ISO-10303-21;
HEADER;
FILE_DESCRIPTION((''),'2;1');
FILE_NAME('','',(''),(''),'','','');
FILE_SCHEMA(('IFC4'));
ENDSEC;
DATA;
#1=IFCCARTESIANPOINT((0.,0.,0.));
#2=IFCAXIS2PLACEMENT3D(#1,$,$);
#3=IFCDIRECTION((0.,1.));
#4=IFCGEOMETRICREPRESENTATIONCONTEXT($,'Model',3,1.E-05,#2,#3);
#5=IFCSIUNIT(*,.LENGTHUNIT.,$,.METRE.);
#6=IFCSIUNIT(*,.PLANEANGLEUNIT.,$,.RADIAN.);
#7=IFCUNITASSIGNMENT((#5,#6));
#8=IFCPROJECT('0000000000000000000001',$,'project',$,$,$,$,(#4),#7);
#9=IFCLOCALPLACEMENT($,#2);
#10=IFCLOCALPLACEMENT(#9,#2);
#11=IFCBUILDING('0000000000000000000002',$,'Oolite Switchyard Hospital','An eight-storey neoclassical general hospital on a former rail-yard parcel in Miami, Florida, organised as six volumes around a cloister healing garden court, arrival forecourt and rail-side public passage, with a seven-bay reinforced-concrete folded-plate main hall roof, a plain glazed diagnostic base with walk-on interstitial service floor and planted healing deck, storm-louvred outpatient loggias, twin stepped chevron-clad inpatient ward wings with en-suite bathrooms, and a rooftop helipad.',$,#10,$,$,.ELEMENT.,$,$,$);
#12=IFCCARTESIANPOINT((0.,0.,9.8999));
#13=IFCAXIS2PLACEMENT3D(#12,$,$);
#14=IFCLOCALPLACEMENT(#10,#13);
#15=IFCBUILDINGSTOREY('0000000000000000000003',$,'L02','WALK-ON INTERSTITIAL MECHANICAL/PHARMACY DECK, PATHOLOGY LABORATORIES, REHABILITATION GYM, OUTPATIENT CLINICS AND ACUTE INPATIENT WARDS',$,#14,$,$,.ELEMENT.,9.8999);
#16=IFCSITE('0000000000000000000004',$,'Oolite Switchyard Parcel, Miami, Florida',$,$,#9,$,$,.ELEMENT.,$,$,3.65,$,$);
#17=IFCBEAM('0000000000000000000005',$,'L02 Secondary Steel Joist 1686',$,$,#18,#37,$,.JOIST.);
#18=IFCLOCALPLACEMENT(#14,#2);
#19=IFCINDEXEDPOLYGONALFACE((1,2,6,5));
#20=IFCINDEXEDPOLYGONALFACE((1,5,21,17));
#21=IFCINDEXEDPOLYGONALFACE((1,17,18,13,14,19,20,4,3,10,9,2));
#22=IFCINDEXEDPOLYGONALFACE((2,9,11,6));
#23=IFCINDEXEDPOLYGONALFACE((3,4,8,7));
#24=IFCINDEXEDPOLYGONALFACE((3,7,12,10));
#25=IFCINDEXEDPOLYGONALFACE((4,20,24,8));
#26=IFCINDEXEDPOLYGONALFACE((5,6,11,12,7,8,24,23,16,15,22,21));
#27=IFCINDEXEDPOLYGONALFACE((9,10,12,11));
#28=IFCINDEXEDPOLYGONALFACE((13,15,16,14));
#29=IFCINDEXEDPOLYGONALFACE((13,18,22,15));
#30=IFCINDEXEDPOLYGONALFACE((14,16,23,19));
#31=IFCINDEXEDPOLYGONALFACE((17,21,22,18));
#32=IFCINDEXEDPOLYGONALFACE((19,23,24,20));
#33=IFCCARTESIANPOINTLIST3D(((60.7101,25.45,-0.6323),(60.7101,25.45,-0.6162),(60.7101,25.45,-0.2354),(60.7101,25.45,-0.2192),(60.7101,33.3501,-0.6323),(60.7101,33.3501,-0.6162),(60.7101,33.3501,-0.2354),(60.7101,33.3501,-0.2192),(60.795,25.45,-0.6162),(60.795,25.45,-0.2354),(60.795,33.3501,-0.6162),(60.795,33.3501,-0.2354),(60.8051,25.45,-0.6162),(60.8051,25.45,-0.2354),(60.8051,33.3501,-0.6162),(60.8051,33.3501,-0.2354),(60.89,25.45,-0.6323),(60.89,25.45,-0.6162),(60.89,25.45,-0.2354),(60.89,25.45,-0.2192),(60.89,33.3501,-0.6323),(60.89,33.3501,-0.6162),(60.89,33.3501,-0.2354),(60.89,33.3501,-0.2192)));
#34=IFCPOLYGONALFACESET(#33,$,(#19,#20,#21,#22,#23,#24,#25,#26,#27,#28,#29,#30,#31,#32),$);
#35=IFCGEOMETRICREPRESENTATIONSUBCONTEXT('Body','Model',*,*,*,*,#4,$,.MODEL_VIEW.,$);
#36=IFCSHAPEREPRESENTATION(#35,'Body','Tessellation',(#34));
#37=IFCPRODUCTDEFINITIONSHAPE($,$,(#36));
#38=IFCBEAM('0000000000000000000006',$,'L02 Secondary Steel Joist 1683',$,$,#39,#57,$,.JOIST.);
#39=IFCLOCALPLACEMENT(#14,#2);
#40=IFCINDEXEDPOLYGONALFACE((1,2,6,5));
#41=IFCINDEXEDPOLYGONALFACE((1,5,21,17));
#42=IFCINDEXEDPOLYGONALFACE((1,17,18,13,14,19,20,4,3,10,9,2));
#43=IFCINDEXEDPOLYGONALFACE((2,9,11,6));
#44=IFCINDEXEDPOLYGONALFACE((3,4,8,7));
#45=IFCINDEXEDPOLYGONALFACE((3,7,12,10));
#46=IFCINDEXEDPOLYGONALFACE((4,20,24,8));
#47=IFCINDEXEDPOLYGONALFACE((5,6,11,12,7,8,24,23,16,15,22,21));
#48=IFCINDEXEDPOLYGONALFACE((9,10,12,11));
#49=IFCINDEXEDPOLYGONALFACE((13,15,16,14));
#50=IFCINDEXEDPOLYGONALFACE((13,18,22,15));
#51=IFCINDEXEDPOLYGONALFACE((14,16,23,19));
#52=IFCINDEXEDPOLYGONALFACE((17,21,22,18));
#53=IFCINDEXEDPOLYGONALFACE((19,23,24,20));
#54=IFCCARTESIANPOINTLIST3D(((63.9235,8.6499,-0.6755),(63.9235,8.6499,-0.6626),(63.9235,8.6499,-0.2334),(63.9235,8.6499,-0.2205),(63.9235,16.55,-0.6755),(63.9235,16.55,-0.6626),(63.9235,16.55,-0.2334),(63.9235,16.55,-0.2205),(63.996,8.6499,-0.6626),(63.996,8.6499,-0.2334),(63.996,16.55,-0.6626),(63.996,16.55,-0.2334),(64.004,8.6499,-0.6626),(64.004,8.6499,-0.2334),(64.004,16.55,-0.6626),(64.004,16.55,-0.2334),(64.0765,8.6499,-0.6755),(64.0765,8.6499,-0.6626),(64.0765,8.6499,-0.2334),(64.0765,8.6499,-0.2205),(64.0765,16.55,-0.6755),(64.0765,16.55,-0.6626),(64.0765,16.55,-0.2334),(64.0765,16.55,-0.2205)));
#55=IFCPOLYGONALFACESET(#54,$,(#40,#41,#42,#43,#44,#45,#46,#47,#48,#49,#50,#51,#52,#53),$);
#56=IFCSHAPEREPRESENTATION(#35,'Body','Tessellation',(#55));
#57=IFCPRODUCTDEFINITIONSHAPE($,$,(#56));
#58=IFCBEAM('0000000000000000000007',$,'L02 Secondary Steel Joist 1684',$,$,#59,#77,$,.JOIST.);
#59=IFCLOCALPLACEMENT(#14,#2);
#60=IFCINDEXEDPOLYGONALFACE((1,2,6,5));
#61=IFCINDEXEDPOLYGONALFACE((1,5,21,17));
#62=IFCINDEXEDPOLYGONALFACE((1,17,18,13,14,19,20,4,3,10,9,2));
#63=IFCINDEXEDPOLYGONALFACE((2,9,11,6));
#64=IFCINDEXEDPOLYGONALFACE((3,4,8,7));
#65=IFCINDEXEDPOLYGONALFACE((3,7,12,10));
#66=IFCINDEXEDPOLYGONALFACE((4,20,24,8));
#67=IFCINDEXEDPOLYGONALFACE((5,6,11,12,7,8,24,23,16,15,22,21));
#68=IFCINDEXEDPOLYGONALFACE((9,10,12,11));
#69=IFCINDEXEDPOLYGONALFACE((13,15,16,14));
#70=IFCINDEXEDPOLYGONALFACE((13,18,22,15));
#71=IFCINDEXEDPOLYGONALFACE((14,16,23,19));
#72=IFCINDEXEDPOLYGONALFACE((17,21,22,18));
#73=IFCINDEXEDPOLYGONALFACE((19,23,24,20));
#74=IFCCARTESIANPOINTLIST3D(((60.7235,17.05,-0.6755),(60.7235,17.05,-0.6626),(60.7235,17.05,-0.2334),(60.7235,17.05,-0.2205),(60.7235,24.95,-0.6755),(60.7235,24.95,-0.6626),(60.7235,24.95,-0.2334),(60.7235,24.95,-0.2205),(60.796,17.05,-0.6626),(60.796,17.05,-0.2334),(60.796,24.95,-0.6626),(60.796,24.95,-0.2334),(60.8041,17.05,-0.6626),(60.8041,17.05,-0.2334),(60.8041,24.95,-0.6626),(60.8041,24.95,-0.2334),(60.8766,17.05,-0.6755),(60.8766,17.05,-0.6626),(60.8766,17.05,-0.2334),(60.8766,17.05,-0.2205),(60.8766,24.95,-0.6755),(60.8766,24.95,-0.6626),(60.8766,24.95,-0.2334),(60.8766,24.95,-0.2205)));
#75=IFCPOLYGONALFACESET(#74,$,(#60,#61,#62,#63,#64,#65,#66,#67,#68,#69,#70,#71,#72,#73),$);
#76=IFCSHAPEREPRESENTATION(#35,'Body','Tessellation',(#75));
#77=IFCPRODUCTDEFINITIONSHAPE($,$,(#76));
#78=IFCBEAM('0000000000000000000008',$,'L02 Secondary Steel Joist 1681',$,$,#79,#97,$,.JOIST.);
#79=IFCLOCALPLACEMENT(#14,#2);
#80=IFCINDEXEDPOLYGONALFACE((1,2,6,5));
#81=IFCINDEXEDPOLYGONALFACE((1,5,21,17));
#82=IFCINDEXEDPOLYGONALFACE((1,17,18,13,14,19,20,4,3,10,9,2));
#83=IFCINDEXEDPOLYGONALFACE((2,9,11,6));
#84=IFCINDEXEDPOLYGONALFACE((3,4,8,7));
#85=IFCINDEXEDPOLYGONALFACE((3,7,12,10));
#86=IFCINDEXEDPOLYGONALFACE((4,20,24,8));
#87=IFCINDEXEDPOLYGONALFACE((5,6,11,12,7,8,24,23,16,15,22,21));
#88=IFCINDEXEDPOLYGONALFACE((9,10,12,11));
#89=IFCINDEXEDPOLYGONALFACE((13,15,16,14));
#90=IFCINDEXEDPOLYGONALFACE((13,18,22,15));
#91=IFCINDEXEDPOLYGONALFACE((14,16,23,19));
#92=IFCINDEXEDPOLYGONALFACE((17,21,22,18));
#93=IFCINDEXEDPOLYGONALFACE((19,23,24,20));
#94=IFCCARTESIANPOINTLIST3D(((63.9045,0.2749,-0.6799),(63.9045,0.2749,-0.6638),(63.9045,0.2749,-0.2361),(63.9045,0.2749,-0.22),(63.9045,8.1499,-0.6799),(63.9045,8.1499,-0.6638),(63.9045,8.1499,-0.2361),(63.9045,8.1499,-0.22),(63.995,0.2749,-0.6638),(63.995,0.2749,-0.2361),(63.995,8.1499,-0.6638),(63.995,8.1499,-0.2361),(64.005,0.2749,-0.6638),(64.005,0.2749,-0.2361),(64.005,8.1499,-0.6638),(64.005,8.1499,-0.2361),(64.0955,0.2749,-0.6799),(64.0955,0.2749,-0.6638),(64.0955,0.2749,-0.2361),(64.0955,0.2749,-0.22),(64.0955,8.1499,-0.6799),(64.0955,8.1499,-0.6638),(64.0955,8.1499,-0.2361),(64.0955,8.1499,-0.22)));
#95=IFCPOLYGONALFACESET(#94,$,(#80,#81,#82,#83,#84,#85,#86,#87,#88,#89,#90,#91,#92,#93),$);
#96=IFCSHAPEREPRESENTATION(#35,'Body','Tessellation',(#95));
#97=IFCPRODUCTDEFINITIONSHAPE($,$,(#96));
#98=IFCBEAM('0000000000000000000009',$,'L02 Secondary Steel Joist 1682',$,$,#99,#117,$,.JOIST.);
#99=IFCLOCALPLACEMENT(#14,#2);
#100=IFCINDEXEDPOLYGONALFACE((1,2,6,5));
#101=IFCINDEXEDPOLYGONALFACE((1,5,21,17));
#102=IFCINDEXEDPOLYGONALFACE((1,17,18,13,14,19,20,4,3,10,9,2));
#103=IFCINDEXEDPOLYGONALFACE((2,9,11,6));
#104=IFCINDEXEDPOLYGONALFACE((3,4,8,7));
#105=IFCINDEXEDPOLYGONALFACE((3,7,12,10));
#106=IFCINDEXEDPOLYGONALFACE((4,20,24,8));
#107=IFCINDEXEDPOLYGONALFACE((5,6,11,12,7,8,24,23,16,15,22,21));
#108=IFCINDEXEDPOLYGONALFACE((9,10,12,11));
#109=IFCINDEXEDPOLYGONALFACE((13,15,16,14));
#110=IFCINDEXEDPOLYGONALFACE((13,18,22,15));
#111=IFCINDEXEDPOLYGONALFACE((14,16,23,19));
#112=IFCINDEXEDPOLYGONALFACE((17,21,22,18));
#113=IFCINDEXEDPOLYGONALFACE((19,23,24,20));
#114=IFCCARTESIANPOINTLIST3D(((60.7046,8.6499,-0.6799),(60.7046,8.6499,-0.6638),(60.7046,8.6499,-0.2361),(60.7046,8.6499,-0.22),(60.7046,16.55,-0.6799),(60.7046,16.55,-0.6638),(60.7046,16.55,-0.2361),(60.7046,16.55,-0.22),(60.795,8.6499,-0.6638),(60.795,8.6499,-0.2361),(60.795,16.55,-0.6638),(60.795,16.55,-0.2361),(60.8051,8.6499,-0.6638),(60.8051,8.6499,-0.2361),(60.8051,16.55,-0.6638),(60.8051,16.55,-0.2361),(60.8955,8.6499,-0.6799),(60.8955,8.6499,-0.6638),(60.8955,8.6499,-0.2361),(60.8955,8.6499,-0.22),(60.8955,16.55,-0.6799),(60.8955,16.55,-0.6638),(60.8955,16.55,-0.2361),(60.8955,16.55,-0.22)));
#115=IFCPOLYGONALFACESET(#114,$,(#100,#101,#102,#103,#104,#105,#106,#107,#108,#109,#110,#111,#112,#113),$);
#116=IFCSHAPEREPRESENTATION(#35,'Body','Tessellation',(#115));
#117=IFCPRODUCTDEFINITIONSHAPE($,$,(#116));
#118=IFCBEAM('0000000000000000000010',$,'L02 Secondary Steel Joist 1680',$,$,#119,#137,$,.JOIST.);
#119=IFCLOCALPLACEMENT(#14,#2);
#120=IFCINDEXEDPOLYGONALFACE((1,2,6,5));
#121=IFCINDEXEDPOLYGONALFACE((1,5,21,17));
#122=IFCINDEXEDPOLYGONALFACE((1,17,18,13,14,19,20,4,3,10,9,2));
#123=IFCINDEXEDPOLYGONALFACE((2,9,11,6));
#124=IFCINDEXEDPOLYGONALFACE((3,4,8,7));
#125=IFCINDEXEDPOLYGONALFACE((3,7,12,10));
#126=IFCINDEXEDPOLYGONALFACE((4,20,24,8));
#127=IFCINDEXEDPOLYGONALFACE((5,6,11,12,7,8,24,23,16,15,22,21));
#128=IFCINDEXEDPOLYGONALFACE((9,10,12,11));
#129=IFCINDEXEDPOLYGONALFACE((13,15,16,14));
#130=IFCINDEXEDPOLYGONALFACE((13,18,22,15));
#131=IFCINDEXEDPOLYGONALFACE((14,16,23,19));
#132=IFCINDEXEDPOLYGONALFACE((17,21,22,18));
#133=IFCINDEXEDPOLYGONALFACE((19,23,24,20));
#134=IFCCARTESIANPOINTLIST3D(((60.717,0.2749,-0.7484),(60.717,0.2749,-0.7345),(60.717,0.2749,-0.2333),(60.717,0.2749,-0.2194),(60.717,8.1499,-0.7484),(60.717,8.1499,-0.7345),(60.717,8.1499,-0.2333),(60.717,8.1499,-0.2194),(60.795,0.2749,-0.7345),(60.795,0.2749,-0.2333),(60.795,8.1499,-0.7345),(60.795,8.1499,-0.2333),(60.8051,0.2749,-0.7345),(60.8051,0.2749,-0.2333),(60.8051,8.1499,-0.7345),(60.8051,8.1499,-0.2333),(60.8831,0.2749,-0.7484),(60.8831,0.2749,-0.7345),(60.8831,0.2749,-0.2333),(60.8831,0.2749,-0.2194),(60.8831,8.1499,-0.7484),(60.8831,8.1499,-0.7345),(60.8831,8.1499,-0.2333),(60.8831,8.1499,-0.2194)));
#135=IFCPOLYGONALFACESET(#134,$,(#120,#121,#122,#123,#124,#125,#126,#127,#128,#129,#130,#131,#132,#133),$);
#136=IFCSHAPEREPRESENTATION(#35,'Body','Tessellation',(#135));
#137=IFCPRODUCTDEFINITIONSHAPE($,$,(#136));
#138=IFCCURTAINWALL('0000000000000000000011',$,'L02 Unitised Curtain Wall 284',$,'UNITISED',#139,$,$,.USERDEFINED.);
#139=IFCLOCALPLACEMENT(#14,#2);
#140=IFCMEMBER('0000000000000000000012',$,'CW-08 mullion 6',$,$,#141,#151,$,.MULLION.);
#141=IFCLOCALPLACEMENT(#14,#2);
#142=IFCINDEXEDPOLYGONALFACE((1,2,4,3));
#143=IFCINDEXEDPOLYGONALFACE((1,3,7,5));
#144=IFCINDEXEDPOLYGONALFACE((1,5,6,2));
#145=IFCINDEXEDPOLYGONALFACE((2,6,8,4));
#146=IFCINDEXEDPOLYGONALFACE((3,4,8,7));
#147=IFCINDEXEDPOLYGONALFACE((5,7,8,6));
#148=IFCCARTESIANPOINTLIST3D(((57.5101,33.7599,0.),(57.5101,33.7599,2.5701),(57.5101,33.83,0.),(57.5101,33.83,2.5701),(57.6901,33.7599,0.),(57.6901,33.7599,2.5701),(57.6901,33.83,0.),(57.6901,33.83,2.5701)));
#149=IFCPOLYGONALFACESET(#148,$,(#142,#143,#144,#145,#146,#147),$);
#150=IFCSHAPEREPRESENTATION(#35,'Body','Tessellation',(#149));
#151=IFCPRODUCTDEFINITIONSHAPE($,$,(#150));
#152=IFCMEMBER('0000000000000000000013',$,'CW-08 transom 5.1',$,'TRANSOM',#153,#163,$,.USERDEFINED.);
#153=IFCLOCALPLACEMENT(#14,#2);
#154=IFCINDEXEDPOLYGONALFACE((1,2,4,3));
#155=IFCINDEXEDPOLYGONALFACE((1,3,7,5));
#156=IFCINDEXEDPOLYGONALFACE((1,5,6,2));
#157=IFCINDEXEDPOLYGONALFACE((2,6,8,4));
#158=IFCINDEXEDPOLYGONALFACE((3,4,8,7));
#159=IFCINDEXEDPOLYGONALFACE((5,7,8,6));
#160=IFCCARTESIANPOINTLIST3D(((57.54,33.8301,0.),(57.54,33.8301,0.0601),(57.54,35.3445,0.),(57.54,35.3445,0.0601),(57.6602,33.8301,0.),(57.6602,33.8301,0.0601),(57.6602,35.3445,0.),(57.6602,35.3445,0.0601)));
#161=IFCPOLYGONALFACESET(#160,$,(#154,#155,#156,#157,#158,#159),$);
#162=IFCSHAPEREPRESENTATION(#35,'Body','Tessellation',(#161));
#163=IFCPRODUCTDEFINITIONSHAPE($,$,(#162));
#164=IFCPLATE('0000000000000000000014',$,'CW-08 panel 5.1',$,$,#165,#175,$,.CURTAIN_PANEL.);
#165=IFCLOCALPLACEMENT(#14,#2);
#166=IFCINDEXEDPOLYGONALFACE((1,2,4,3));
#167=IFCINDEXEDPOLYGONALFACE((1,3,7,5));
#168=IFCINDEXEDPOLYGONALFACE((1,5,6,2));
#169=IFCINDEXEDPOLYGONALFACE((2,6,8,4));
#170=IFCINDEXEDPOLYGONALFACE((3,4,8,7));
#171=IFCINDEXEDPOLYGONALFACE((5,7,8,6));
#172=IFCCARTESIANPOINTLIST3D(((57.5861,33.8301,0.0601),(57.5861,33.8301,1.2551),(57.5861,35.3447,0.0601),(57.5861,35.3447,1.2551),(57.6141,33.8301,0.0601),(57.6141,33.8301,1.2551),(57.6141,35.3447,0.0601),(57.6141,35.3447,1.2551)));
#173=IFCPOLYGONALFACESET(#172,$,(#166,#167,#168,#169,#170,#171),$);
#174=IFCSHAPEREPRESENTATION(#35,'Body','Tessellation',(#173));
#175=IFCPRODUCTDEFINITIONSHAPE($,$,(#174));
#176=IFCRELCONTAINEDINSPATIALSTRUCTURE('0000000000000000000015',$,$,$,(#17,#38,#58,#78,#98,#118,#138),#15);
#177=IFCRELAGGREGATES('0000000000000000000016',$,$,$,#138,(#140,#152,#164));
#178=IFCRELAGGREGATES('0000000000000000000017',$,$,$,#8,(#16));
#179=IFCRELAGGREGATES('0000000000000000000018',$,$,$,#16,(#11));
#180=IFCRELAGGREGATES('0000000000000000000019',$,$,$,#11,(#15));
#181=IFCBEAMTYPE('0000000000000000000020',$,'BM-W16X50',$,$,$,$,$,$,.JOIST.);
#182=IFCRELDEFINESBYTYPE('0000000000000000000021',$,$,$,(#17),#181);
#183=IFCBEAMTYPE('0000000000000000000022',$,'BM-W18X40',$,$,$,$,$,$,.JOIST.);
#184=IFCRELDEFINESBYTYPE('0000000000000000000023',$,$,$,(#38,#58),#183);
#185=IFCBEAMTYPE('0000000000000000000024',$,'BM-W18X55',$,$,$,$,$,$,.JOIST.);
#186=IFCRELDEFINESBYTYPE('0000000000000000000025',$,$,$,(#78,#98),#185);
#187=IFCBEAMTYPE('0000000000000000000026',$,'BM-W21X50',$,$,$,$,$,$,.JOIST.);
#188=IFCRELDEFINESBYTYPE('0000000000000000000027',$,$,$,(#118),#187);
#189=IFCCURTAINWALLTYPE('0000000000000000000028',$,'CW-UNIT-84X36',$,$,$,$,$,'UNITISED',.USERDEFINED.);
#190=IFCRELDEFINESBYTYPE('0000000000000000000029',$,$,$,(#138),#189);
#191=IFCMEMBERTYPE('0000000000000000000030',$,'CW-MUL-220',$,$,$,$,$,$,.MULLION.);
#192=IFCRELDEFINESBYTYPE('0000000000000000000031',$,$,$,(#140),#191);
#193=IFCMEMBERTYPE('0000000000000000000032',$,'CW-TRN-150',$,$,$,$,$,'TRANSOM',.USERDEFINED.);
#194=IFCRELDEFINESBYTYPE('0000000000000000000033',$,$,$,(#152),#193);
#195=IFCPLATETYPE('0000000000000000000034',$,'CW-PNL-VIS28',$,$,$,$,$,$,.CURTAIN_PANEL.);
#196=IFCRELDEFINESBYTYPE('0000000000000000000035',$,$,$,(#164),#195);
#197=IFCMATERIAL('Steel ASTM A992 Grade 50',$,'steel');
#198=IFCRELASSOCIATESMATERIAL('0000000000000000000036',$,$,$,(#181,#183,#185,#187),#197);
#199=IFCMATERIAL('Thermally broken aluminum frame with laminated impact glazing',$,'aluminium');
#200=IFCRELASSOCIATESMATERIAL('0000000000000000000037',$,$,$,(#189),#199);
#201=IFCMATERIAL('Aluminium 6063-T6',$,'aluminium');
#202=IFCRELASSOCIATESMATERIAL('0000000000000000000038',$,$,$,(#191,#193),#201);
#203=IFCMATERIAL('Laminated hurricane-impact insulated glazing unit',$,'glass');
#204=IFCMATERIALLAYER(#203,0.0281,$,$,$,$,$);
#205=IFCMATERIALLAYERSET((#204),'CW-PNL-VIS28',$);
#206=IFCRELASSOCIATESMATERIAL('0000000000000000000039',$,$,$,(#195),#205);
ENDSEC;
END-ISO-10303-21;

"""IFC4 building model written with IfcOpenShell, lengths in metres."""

from ifc_helpers import new_model, si_unit, direction, frame, origin, origin_2d, place, context, subcontext, project, spatial, rectangle, i_section, extrude, material, layer, layer_set, material_profile, profile_set, type_object, element, aggregate, save


model = new_model("IFC4")

# Units and contexts
model_context = context("Model", 3, precision=1e-05, world=origin(), true_north=direction((0.0, 1.0)))
body_context = subcontext(model_context, "Body", "Model", "MODEL_VIEW")
ifc_project = project(units=[si_unit("LENGTHUNIT", "METRE"), si_unit("PLANEANGLEUNIT", "RADIAN")], contexts=[model_context])

# Site, building, storey
site_placement = place(None, origin())
site = spatial("IfcSite", under=ifc_project, at=site_placement, Name="Oolite Switchyard Parcel, Miami, Florida", CompositionType="ELEMENT", RefElevation=3.65)
building_placement = place(site_placement, origin())
building = spatial("IfcBuilding", under=site, at=building_placement, Name="Oolite Switchyard Hospital", Description="An eight-storey neoclassical general hospital on a former rail-yard parcel in Miami, Florida, organised as six volumes around a cloister healing garden court, arrival forecourt and rail-side public passage, with a seven-bay reinforced-concrete folded-plate main hall roof, a plain glazed diagnostic base with walk-on interstitial service floor and planted healing deck, storm-louvred outpatient loggias, twin stepped chevron-clad inpatient ward wings with en-suite bathrooms, and a rooftop helipad.", CompositionType="ELEMENT")
storey_placement = place(building_placement, frame((0.0, 0.0, 9.8999)))
storey = spatial("IfcBuildingStorey", under=building, at=storey_placement, Name="L02", Description="WALK-ON INTERSTITIAL MECHANICAL/PHARMACY DECK, PATHOLOGY LABORATORIES, REHABILITATION GYM, OUTPATIENT CLINICS AND ACUTE INPATIENT WARDS", CompositionType="ELEMENT", Elevation=9.8999)

# Shared definitions
ifc_material_1 = material(Name="Steel ASTM A992 Grade 50", Category="steel")

# Beams
ifc_material_profile_1 = material_profile(ifc_material_1, i_section(OverallWidth=0.1799, OverallDepth=0.4131, WebThickness=0.01, FlangeThickness=0.0161, at=origin_2d()), Name="W16X50")
ifc_profile_set_1 = profile_set([ifc_material_profile_1], Name="Steel ASTM A992 Grade 50")
beam_type_1 = type_object("IfcBeamType", Name="BM-W16X50", PredefinedType="JOIST", material=ifc_profile_set_1)
beam_1_placement = place(storey_placement, frame((60.8, 25.45, -0.4258), z_axis=(0.0, 1.0, 0.0), x_axis=(-1.0, 0.0, 0.0)))
element("IfcBeam", 1, at=beam_1_placement, inside=storey, type_object=beam_type_1, Name="L02 Secondary Steel Joist 1686", PredefinedType="JOIST", context=body_context, shape_type="SweptSolid", body=[
    extrude(i_section(OverallWidth=0.1799, OverallDepth=0.4131, WebThickness=0.01, FlangeThickness=0.0161, at=origin_2d()), origin(), (0.0, 0.0, 1.0), 7.9001),
])
ifc_material_profile_2 = material_profile(ifc_material_1, i_section(OverallWidth=0.1531, OverallDepth=0.4551, WebThickness=0.0081, FlangeThickness=0.0129, at=origin_2d()), Name="W18X40")
ifc_profile_set_2 = profile_set([ifc_material_profile_2], Name="Steel ASTM A992 Grade 50")
beam_type_2 = type_object("IfcBeamType", Name="BM-W18X40", PredefinedType="JOIST", material=ifc_profile_set_2)
beam_2_placement = place(storey_placement, frame((64.0, 8.6499, -0.448), z_axis=(0.0, 1.0, 0.0), x_axis=(-1.0, 0.0, 0.0)))
element("IfcBeam", 2, at=beam_2_placement, inside=storey, type_object=beam_type_2, Name="L02 Secondary Steel Joist 1683", PredefinedType="JOIST", context=body_context, shape_type="SweptSolid", body=[
    extrude(i_section(OverallWidth=0.1531, OverallDepth=0.4551, WebThickness=0.0081, FlangeThickness=0.0129, at=origin_2d()), origin(), (0.0, 0.0, 1.0), 7.9001),
])
beam_3_placement = place(storey_placement, frame((60.8, 17.05, -0.448), z_axis=(0.0, 1.0, 0.0), x_axis=(-1.0, 0.0, 0.0)))
element("IfcBeam", 3, at=beam_3_placement, inside=storey, type_object=beam_type_2, Name="L02 Secondary Steel Joist 1684", PredefinedType="JOIST", context=body_context, shape_type="SweptSolid", body=[
    extrude(i_section(OverallWidth=0.1531, OverallDepth=0.4551, WebThickness=0.0081, FlangeThickness=0.0129, at=origin_2d()), origin(), (0.0, 0.0, 1.0), 7.8999),
])
ifc_material_profile_3 = material_profile(ifc_material_1, i_section(OverallWidth=0.1909, OverallDepth=0.46, WebThickness=0.01, FlangeThickness=0.0161, at=origin_2d()), Name="W18X55")
ifc_profile_set_3 = profile_set([ifc_material_profile_3], Name="Steel ASTM A992 Grade 50")
beam_type_3 = type_object("IfcBeamType", Name="BM-W18X55", PredefinedType="JOIST", material=ifc_profile_set_3)
beam_4_placement = place(storey_placement, frame((64.0, 0.2749, -0.45), z_axis=(0.0, 1.0, 0.0), x_axis=(-1.0, 0.0, 0.0)))
element("IfcBeam", 4, at=beam_4_placement, inside=storey, type_object=beam_type_3, Name="L02 Secondary Steel Joist 1681", PredefinedType="JOIST", context=body_context, shape_type="SweptSolid", body=[
    extrude(i_section(OverallWidth=0.1909, OverallDepth=0.46, WebThickness=0.01, FlangeThickness=0.0161, at=origin_2d()), origin(), (0.0, 0.0, 1.0), 7.875),
])
beam_5_placement = place(storey_placement, frame((60.8, 8.6499, -0.45), z_axis=(0.0, 1.0, 0.0), x_axis=(-1.0, 0.0, 0.0)))
element("IfcBeam", 5, at=beam_5_placement, inside=storey, type_object=beam_type_3, Name="L02 Secondary Steel Joist 1682", PredefinedType="JOIST", context=body_context, shape_type="SweptSolid", body=[
    extrude(i_section(OverallWidth=0.1909, OverallDepth=0.46, WebThickness=0.01, FlangeThickness=0.0161, at=origin_2d()), origin(), (0.0, 0.0, 1.0), 7.9001),
])
ifc_material_profile_4 = material_profile(ifc_material_1, i_section(OverallWidth=0.166, OverallDepth=0.5291, WebThickness=0.01, FlangeThickness=0.0139, at=origin_2d()), Name="W21X50")
ifc_profile_set_4 = profile_set([ifc_material_profile_4], Name="Steel ASTM A992 Grade 50")
beam_type_4 = type_object("IfcBeamType", Name="BM-W21X50", PredefinedType="JOIST", material=ifc_profile_set_4)
beam_6_placement = place(storey_placement, frame((60.8, 0.2749, -0.4839), z_axis=(0.0, 1.0, 0.0), x_axis=(-1.0, 0.0, 0.0)))
element("IfcBeam", 6, at=beam_6_placement, inside=storey, type_object=beam_type_4, Name="L02 Secondary Steel Joist 1680", PredefinedType="JOIST", context=body_context, shape_type="SweptSolid", body=[
    extrude(i_section(OverallWidth=0.166, OverallDepth=0.5291, WebThickness=0.01, FlangeThickness=0.0139, at=origin_2d()), origin(), (0.0, 0.0, 1.0), 7.875),
])

# Curtain wall, members, plate
ifc_material_2 = material(Name="Thermally broken aluminum frame with laminated impact glazing", Category="aluminium")
curtain_wall_type = type_object("IfcCurtainWallType", Name="CW-UNIT-84X36", ElementType="UNITISED", PredefinedType="USERDEFINED", material=ifc_material_2)
curtain_wall_placement = place(storey_placement, origin())
curtain_wall = element("IfcCurtainWall", 7, at=curtain_wall_placement, inside=storey, type_object=curtain_wall_type, Name="L02 Unitised Curtain Wall 284", ObjectType="UNITISED", PredefinedType="USERDEFINED")
ifc_material_3 = material(Name="Aluminium 6063-T6", Category="aluminium")
ifc_material_profile_5 = material_profile(ifc_material_3, rectangle(XDim=0.1799, YDim=0.0701, at=origin_2d()), Name="CWM70X180")
ifc_profile_set_5 = profile_set([ifc_material_profile_5], Name="Aluminium 6063-T6")
member_type_1 = type_object("IfcMemberType", Name="CW-MUL-220", PredefinedType="MULLION", material=ifc_profile_set_5)
member_1_placement = place(storey_placement, frame((57.6001, 33.7949, 0.0), z_axis=(0.0, 0.0, 1.0), x_axis=(1.0, 0.0, 0.0)))
member_1 = element("IfcMember", 8, at=member_1_placement, type_object=member_type_1, Name="CW-08 mullion 6", PredefinedType="MULLION", context=body_context, shape_type="SweptSolid", body=[
    extrude(rectangle(XDim=0.1799, YDim=0.0701, at=origin_2d()), origin(), (0.0, 0.0, 1.0), 2.5701),
])
ifc_material_profile_6 = material_profile(ifc_material_3, rectangle(XDim=0.1201, YDim=0.0601, at=origin_2d()), Name="CWT60X120")
ifc_profile_set_6 = profile_set([ifc_material_profile_6], Name="Aluminium 6063-T6")
member_type_2 = type_object("IfcMemberType", Name="CW-TRN-150", ElementType="TRANSOM", PredefinedType="USERDEFINED", material=ifc_profile_set_6)
member_2_placement = place(storey_placement, frame((57.6001, 35.3445, 0.03), z_axis=(0.0, -1.0, 0.0), x_axis=(1.0, 0.0, 0.0)))
member_2 = element("IfcMember", 9, at=member_2_placement, type_object=member_type_2, Name="CW-08 transom 5.1", ObjectType="TRANSOM", PredefinedType="USERDEFINED", context=body_context, shape_type="SweptSolid", body=[
    extrude(rectangle(XDim=0.1201, YDim=0.0601, at=origin_2d()), origin(), (0.0, 0.0, 1.0), 1.5144),
])
ifc_material_4 = material(Name="Laminated hurricane-impact insulated glazing unit", Category="glass")
ifc_layer_1 = layer(ifc_material_4, 0.0281)
ifc_layer_set_1 = layer_set([ifc_layer_1], Name="CW-PNL-VIS28")
plate_type = type_object("IfcPlateType", Name="CW-PNL-VIS28", PredefinedType="CURTAIN_PANEL", material=ifc_layer_set_1)
plate_1_placement = place(storey_placement, frame((57.6001, 34.5874, 0.0601), z_axis=(0.0, 0.0, 1.0), x_axis=(0.0, -1.0, 0.0)))
plate_1 = element("IfcPlate", 10, at=plate_1_placement, type_object=plate_type, Name="CW-08 panel 5.1", PredefinedType="CURTAIN_PANEL", context=body_context, shape_type="SweptSolid", body=[
    extrude(rectangle(XDim=1.5146, YDim=0.0281, at=origin_2d()), origin(), (0.0, 0.0, 1.0), 1.1951),
])
aggregate(curtain_wall, [member_1, member_2, plate_1])

save(model, "model.ifc")
